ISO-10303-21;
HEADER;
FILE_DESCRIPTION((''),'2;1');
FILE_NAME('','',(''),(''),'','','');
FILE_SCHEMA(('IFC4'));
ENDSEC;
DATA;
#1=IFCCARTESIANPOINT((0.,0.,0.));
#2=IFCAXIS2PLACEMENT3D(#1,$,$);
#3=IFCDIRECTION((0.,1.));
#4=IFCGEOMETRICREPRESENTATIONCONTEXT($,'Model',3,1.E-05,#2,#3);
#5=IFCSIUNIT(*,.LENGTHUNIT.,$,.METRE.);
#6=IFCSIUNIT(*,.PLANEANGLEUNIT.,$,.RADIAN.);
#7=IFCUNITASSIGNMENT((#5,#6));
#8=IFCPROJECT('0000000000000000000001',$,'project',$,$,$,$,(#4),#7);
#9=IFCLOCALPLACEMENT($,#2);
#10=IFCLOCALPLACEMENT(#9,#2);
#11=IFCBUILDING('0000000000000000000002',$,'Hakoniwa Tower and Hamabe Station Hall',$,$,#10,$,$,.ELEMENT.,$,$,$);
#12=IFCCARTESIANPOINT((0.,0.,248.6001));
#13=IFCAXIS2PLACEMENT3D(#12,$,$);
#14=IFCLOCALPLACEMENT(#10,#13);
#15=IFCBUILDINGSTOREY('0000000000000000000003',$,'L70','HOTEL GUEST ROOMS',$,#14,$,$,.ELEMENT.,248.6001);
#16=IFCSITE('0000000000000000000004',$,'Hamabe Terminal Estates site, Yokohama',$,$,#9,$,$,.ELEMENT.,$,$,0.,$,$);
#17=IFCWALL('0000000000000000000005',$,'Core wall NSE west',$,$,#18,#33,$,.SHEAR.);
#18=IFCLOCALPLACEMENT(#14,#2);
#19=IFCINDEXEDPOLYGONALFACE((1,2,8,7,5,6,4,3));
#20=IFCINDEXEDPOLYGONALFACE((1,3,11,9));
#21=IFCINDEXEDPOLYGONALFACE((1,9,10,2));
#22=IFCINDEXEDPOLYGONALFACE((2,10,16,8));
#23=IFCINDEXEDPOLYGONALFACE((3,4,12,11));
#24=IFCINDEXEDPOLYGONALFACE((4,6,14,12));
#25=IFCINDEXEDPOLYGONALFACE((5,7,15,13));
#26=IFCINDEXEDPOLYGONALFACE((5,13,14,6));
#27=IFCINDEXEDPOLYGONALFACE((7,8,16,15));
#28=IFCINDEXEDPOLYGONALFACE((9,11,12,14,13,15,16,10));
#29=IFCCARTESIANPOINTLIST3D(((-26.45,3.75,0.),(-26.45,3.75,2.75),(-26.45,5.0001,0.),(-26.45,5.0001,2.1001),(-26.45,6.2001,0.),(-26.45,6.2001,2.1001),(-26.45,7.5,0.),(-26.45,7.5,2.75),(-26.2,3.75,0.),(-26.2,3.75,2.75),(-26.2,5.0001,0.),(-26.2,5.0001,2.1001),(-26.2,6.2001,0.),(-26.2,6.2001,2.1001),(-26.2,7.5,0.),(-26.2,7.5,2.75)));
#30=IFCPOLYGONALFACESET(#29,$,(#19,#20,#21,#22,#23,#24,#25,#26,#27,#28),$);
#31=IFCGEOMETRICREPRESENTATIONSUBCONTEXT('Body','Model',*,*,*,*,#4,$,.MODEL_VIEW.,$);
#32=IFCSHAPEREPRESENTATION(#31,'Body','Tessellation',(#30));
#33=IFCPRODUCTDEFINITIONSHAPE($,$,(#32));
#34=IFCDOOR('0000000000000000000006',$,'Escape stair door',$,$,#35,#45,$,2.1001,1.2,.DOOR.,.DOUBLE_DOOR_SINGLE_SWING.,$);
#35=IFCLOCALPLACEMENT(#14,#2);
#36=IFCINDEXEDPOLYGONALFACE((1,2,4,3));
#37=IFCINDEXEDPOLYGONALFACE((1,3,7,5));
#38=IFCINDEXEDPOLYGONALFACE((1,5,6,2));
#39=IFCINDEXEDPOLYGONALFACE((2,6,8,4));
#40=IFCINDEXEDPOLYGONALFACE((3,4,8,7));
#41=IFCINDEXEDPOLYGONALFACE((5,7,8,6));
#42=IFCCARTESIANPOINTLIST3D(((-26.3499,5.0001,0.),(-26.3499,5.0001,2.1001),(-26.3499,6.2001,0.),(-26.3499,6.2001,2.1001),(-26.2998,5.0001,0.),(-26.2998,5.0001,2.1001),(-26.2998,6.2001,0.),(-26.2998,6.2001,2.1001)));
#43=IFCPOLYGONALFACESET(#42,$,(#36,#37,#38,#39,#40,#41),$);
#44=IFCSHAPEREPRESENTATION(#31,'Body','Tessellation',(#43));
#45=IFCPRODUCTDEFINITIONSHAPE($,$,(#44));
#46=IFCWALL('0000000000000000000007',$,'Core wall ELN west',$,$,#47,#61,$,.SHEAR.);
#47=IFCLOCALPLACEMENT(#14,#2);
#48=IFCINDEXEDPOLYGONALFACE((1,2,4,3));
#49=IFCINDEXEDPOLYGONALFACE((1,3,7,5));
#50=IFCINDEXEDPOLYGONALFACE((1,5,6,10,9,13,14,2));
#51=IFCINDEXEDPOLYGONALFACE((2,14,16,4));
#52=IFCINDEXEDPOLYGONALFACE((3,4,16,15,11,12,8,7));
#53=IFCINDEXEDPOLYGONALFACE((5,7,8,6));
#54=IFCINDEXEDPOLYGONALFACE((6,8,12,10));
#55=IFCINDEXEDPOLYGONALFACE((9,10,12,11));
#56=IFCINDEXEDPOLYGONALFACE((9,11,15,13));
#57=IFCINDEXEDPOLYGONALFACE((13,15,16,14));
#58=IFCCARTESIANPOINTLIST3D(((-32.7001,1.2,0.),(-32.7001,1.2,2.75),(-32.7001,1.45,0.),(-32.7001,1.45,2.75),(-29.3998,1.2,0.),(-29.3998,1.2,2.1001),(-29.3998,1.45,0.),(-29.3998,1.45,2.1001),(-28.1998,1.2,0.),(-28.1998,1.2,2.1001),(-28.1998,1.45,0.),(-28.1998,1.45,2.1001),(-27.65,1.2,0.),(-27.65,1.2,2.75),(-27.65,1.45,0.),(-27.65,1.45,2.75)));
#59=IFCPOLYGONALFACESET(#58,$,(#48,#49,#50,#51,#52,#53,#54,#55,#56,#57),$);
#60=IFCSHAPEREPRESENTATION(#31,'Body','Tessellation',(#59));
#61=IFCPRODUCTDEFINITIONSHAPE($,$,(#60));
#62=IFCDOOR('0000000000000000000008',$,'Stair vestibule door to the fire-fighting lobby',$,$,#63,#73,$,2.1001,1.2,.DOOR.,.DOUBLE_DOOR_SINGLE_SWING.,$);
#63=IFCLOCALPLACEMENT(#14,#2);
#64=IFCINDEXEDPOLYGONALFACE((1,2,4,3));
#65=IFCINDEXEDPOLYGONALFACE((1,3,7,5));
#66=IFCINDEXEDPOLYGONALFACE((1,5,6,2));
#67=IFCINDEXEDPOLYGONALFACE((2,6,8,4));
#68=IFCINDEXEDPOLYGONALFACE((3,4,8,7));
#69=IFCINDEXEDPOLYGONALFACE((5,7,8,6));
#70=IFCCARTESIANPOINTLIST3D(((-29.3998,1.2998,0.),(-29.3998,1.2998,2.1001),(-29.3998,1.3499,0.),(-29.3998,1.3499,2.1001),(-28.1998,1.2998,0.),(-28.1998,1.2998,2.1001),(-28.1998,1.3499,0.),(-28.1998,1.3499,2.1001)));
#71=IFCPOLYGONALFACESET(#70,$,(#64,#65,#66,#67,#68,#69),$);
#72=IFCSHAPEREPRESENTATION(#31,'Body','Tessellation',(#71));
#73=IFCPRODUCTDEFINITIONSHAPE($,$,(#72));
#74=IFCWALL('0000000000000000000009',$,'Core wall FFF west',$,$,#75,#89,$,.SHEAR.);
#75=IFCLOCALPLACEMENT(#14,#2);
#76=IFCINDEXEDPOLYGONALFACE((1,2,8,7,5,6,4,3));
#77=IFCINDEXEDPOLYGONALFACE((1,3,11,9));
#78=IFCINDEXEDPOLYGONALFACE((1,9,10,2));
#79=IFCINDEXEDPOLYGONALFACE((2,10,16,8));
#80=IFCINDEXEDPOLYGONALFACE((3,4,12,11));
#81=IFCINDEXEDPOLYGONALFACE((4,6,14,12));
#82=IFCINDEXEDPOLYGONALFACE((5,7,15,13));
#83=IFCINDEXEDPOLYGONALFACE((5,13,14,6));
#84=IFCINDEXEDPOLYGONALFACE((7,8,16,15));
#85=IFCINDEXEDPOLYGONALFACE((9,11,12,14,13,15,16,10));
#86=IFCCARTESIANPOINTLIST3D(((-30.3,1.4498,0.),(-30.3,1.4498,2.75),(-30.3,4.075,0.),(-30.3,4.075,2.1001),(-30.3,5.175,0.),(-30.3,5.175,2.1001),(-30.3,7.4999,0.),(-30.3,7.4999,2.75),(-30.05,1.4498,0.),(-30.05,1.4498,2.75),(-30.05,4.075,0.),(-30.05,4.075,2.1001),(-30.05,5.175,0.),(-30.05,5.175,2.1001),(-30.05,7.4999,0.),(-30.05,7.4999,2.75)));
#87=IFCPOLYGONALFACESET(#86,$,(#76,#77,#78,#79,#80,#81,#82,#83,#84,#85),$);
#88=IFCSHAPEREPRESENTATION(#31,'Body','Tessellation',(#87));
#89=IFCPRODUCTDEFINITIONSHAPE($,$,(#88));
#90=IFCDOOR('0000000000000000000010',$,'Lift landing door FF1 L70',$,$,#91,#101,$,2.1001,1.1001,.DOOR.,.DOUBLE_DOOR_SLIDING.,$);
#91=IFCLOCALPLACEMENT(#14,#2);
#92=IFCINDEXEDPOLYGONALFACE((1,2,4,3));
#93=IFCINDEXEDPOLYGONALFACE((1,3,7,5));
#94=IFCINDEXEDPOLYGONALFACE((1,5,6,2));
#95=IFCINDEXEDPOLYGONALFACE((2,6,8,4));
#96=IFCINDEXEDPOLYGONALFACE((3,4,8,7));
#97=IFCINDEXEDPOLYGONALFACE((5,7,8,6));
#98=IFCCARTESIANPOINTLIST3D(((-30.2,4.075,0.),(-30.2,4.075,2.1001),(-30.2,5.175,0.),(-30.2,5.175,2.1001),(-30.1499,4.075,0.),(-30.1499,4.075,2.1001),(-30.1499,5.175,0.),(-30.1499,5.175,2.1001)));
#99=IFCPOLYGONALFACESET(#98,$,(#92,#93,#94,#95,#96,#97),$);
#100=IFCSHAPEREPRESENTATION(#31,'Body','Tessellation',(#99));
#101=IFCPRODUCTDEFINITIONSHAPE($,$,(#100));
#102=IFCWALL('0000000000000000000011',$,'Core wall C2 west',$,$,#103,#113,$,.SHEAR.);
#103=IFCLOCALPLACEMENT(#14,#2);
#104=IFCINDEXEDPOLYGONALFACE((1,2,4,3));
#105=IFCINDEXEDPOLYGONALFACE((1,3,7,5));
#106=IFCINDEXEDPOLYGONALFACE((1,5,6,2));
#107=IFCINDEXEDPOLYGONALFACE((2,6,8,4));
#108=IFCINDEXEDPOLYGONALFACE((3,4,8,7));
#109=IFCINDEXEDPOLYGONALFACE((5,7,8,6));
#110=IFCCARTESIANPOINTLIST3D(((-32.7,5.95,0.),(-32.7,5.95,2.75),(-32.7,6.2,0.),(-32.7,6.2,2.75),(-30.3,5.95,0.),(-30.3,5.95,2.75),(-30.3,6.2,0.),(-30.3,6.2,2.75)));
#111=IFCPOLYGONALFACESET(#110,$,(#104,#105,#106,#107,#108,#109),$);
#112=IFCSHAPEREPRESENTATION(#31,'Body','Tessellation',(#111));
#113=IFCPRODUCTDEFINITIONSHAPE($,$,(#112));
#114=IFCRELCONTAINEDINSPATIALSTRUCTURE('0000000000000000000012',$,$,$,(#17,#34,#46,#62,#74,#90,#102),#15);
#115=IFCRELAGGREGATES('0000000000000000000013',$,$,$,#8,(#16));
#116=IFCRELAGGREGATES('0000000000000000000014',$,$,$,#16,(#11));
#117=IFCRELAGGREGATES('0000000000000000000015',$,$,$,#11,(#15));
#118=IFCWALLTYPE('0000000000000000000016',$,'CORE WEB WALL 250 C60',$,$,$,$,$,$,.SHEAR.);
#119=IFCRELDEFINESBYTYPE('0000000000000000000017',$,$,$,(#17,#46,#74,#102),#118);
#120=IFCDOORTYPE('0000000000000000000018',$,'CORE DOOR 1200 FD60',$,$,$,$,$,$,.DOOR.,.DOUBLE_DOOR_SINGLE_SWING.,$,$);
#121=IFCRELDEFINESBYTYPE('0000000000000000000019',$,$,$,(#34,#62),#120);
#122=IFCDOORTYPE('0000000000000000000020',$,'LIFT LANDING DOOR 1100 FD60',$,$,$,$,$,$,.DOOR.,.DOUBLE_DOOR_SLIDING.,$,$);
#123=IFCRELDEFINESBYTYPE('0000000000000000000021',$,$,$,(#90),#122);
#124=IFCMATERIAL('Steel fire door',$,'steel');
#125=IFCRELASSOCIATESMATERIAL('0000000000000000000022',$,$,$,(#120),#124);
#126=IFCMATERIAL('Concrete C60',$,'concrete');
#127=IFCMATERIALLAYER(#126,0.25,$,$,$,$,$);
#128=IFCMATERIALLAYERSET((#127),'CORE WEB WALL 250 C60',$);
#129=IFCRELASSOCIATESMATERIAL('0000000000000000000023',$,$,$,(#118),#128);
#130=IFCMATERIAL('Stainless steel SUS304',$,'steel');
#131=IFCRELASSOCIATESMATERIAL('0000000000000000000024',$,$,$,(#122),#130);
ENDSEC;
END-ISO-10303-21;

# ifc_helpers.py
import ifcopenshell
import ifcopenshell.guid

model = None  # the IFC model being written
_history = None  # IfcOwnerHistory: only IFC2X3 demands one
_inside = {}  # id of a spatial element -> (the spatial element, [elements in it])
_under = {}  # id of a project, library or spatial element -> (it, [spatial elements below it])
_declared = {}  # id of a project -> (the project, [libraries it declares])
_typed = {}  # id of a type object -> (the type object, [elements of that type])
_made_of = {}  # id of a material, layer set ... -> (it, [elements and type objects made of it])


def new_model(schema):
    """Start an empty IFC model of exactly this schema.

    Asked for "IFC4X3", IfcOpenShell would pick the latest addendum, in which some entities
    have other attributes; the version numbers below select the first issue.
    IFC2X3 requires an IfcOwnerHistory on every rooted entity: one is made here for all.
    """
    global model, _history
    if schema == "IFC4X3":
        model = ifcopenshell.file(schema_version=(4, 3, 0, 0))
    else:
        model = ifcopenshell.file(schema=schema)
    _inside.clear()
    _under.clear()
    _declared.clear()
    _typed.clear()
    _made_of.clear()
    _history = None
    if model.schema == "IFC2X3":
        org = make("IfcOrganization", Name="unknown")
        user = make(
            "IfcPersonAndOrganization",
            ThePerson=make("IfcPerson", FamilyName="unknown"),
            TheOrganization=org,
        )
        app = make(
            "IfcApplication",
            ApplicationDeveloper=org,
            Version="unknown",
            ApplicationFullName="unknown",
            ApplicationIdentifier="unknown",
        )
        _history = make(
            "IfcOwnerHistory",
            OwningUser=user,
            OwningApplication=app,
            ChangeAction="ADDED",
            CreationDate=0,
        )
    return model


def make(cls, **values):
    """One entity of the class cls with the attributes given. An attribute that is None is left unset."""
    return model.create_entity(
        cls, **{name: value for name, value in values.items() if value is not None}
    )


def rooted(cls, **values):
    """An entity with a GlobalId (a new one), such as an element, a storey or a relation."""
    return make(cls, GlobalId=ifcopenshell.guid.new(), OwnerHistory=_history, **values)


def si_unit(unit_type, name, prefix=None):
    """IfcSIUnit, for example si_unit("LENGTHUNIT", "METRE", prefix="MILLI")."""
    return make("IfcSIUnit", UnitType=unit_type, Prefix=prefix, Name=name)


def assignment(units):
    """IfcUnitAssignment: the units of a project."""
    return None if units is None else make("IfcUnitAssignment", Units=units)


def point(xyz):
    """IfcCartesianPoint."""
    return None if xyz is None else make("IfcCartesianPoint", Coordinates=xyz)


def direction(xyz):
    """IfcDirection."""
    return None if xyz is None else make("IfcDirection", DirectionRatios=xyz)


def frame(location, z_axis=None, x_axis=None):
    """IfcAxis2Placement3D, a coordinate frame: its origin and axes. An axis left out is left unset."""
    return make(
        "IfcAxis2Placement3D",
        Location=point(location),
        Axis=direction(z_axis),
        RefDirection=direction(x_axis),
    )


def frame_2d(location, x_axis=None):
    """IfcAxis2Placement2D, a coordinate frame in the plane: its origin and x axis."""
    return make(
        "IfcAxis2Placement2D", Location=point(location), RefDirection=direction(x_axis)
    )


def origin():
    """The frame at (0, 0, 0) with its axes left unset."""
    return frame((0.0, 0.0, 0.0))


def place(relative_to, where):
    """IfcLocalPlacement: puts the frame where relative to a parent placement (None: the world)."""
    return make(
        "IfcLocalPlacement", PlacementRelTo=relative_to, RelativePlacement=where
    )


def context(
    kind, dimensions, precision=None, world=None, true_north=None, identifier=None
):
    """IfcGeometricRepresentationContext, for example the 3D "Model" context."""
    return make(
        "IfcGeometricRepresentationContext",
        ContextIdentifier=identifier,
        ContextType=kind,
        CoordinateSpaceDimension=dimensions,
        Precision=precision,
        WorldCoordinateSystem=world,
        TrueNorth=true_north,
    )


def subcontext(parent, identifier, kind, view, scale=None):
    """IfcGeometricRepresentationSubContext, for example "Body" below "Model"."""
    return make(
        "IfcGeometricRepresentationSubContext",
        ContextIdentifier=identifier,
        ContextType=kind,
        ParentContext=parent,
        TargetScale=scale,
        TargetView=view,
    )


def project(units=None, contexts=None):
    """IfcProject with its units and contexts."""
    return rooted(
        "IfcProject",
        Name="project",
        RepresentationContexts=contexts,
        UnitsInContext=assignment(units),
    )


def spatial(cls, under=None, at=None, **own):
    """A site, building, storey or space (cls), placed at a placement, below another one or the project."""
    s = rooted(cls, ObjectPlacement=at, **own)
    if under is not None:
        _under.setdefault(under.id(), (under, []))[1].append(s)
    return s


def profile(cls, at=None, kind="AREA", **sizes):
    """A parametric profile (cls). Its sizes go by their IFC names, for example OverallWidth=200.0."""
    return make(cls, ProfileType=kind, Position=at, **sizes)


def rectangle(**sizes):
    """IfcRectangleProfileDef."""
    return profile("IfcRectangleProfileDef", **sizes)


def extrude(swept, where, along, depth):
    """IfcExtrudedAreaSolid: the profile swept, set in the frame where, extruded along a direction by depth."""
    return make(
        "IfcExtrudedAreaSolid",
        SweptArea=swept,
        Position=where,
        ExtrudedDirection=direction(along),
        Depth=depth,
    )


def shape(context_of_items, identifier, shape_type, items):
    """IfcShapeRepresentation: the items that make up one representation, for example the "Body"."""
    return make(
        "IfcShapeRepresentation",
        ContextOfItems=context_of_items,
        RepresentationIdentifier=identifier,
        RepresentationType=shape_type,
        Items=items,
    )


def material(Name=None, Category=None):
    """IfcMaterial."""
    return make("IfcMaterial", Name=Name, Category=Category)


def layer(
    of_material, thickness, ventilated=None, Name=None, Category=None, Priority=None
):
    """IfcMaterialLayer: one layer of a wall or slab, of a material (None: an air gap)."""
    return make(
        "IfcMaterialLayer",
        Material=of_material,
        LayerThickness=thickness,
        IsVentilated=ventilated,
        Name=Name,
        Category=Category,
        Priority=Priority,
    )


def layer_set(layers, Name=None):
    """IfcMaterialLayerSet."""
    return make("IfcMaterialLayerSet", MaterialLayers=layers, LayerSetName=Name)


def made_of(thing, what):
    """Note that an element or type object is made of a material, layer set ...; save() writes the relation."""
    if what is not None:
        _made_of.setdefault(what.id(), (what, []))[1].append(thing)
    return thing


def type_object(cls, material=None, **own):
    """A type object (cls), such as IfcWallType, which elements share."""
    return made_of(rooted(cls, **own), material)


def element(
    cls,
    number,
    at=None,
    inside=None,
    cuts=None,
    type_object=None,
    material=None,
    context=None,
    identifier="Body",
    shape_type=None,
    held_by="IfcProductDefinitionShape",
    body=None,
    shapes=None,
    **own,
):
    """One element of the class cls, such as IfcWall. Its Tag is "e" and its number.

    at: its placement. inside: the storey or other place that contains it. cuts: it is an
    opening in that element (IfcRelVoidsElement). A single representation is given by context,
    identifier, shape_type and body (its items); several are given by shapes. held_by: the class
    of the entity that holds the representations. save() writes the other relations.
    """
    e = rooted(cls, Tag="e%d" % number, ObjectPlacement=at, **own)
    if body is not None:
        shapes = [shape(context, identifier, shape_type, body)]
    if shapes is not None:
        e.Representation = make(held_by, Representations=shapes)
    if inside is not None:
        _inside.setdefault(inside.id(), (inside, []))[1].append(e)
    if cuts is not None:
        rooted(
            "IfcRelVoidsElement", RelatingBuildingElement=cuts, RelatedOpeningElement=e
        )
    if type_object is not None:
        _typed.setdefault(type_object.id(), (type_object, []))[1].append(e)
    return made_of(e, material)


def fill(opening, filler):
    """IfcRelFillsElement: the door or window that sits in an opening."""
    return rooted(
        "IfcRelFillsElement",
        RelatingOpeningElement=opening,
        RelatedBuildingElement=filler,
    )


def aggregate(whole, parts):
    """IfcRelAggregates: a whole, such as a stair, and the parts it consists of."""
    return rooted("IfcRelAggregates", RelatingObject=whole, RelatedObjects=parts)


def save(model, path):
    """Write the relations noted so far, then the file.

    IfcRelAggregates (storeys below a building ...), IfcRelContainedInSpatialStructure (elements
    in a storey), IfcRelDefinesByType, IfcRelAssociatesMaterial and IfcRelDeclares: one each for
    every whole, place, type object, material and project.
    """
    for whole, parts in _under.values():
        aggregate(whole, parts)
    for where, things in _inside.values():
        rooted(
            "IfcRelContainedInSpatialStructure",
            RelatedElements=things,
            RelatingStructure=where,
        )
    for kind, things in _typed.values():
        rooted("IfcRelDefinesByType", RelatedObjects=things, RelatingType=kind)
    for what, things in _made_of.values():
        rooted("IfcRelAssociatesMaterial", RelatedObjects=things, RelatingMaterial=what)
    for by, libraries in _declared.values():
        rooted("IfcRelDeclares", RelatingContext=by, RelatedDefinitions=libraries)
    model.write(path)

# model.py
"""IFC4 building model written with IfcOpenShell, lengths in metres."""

from ifc_helpers import new_model, si_unit, direction, frame, frame_2d, origin, place, context, subcontext, project, spatial, rectangle, extrude, material, layer, layer_set, type_object, element, fill, save


model = new_model("IFC4")

# Units and contexts
model_context = context("Model", 3, precision=1e-05, world=origin(), true_north=direction((0.0, 1.0)))
body_context = subcontext(model_context, "Body", "Model", "MODEL_VIEW")
ifc_project = project(units=[si_unit("LENGTHUNIT", "METRE"), si_unit("PLANEANGLEUNIT", "RADIAN")], contexts=[model_context])

# Site, building, storey
site_placement = place(None, origin())
site = spatial("IfcSite", under=ifc_project, at=site_placement, Name="Hamabe Terminal Estates site, Yokohama", CompositionType="ELEMENT", RefElevation=0.0)
building_placement = place(site_placement, origin())
building = spatial("IfcBuilding", under=site, at=building_placement, Name="Hakoniwa Tower and Hamabe Station Hall", CompositionType="ELEMENT")
storey_placement = place(building_placement, frame((0.0, 0.0, 248.6001)))
storey = spatial("IfcBuildingStorey", under=building, at=storey_placement, Name="L70", Description="HOTEL GUEST ROOMS", CompositionType="ELEMENT", Elevation=248.6001)

# Shared definitions
ifc_material_1 = material(Name="Steel fire door", Category="steel")
door_type_1 = type_object("IfcDoorType", Name="CORE DOOR 1200 FD60", OperationType="DOUBLE_DOOR_SINGLE_SWING", PredefinedType="DOOR", material=ifc_material_1)

# Shared definitions
ifc_material_2 = material(Name="Concrete C60", Category="concrete")
ifc_layer_1 = layer(ifc_material_2, 0.25)
ifc_layer_set_1 = layer_set([ifc_layer_1], Name="CORE WEB WALL 250 C60")
wall_type_1 = type_object("IfcWallType", Name="CORE WEB WALL 250 C60", PredefinedType="SHEAR", material=ifc_layer_set_1)

# Walls, openings, doors
wall_1_placement = place(storey_placement, frame((-26.325, 3.75, 0.0), z_axis=(0.0, 0.0, 1.0), x_axis=(0.0, 1.0, 0.0)))
wall_1 = element("IfcWall", 1, at=wall_1_placement, inside=storey, type_object=wall_type_1, Name="Core wall NSE west", PredefinedType="SHEAR", context=body_context, shape_type="SweptSolid", body=[
    extrude(rectangle(XDim=3.75, YDim=0.25, at=frame_2d((1.875, 0.0))), origin(), (0.0, 0.0, 1.0), 2.75),
])
opening_1_placement = place(wall_1_placement, frame((1.25, 0.0, 0.0)))
opening_1 = element("IfcOpeningElement", 2, at=opening_1_placement, cuts=wall_1, PredefinedType="OPENING", context=body_context, shape_type="SweptSolid", body=[
    extrude(rectangle(XDim=1.2, YDim=2.1001, at=frame_2d((0.6001, 1.05))), frame((0.0, 0.135, 0.0), z_axis=(0.0, -1.0, 0.0), x_axis=(1.0, 0.0, 0.0)), (0.0, 0.0, 1.0), 0.27),
])
door_1_placement = place(opening_1_placement, origin())
door_1 = element("IfcDoor", 3, at=door_1_placement, inside=storey, type_object=door_type_1, Name="Escape stair door", OperationType="DOUBLE_DOOR_SINGLE_SWING", OverallHeight=2.1001, OverallWidth=1.2, PredefinedType="DOOR", context=body_context, shape_type="SweptSolid", body=[
    extrude(rectangle(XDim=1.2, YDim=2.1001, at=frame_2d((0.6001, 1.05))), frame((0.0, 0.0249, 0.0), z_axis=(0.0, -1.0, 0.0), x_axis=(1.0, 0.0, 0.0)), (0.0, 0.0, 1.0), 0.05),
])
fill(opening_1, door_1)
wall_2_placement = place(storey_placement, frame((-32.7, 1.325, 0.0), z_axis=(0.0, 0.0, 1.0), x_axis=(1.0, 0.0, 0.0)))
wall_2 = element("IfcWall", 4, at=wall_2_placement, inside=storey, type_object=wall_type_1, Name="Core wall ELN west", PredefinedType="SHEAR", context=body_context, shape_type="SweptSolid", body=[
    extrude(rectangle(XDim=5.05, YDim=0.25, at=frame_2d((2.5249, 0.0))), origin(), (0.0, 0.0, 1.0), 2.75),
])
opening_2_placement = place(wall_2_placement, frame((3.3, 0.0, 0.0)))
opening_2 = element("IfcOpeningElement", 5, at=opening_2_placement, cuts=wall_2, PredefinedType="OPENING", context=body_context, shape_type="SweptSolid", body=[
    extrude(rectangle(XDim=1.2, YDim=2.1001, at=frame_2d((0.6001, 1.05))), frame((0.0, 0.135, 0.0), z_axis=(0.0, -1.0, 0.0), x_axis=(1.0, 0.0, 0.0)), (0.0, 0.0, 1.0), 0.27),
])
door_2_placement = place(opening_2_placement, origin())
door_2 = element("IfcDoor", 6, at=door_2_placement, inside=storey, type_object=door_type_1, Name="Stair vestibule door to the fire-fighting lobby", OperationType="DOUBLE_DOOR_SINGLE_SWING", OverallHeight=2.1001, OverallWidth=1.2, PredefinedType="DOOR", context=body_context, shape_type="SweptSolid", body=[
    extrude(rectangle(XDim=1.2, YDim=2.1001, at=frame_2d((0.6001, 1.05))), frame((0.0, 0.0249, 0.0), z_axis=(0.0, -1.0, 0.0), x_axis=(1.0, 0.0, 0.0)), (0.0, 0.0, 1.0), 0.05),
])
fill(opening_2, door_2)
wall_3_placement = place(storey_placement, frame((-30.175, 1.45, 0.0), z_axis=(0.0, 0.0, 1.0), x_axis=(0.0, 1.0, 0.0)))
wall_3 = element("IfcWall", 7, at=wall_3_placement, inside=storey, type_object=wall_type_1, Name="Core wall FFF west", PredefinedType="SHEAR", context=body_context, shape_type="SweptSolid", body=[
    extrude(rectangle(XDim=6.05, YDim=0.25, at=frame_2d((3.0249, 0.0))), origin(), (0.0, 0.0, 1.0), 2.75),
])
opening_3_placement = place(wall_3_placement, frame((2.625, 0.0, 0.0)))
opening_3 = element("IfcOpeningElement", 8, at=opening_3_placement, cuts=wall_3, PredefinedType="OPENING", context=body_context, shape_type="SweptSolid", body=[
    extrude(rectangle(XDim=1.1001, YDim=2.1001, at=frame_2d((0.55, 1.05))), frame((0.0, 0.135, 0.0), z_axis=(0.0, -1.0, 0.0), x_axis=(1.0, 0.0, 0.0)), (0.0, 0.0, 1.0), 0.27),
])
ifc_material_3 = material(Name="Stainless steel SUS304", Category="steel")
door_type_2 = type_object("IfcDoorType", Name="LIFT LANDING DOOR 1100 FD60", OperationType="DOUBLE_DOOR_SLIDING", PredefinedType="DOOR", material=ifc_material_3)
door_3_placement = place(opening_3_placement, origin())
door_3 = element("IfcDoor", 9, at=door_3_placement, inside=storey, type_object=door_type_2, Name="Lift landing door FF1 L70", OperationType="DOUBLE_DOOR_SLIDING", OverallHeight=2.1001, OverallWidth=1.1001, PredefinedType="DOOR", context=body_context, shape_type="SweptSolid", body=[
    extrude(rectangle(XDim=1.1001, YDim=2.1001, at=frame_2d((0.55, 1.05))), frame((0.0, 0.0249, 0.0), z_axis=(0.0, -1.0, 0.0), x_axis=(1.0, 0.0, 0.0)), (0.0, 0.0, 1.0), 0.05),
])
fill(opening_3, door_3)

# Wall
wall_4_placement = place(storey_placement, frame((-32.7, 6.075, 0.0), z_axis=(0.0, 0.0, 1.0), x_axis=(1.0, 0.0, 0.0)))
element("IfcWall", 10, at=wall_4_placement, inside=storey, type_object=wall_type_1, Name="Core wall C2 west", PredefinedType="SHEAR", context=body_context, shape_type="SweptSolid", body=[
    extrude(rectangle(XDim=2.3999, YDim=0.25, at=frame_2d((1.2, 0.0))), origin(), (0.0, 0.0, 1.0), 2.75),
])

save(model, "model.ifc")
